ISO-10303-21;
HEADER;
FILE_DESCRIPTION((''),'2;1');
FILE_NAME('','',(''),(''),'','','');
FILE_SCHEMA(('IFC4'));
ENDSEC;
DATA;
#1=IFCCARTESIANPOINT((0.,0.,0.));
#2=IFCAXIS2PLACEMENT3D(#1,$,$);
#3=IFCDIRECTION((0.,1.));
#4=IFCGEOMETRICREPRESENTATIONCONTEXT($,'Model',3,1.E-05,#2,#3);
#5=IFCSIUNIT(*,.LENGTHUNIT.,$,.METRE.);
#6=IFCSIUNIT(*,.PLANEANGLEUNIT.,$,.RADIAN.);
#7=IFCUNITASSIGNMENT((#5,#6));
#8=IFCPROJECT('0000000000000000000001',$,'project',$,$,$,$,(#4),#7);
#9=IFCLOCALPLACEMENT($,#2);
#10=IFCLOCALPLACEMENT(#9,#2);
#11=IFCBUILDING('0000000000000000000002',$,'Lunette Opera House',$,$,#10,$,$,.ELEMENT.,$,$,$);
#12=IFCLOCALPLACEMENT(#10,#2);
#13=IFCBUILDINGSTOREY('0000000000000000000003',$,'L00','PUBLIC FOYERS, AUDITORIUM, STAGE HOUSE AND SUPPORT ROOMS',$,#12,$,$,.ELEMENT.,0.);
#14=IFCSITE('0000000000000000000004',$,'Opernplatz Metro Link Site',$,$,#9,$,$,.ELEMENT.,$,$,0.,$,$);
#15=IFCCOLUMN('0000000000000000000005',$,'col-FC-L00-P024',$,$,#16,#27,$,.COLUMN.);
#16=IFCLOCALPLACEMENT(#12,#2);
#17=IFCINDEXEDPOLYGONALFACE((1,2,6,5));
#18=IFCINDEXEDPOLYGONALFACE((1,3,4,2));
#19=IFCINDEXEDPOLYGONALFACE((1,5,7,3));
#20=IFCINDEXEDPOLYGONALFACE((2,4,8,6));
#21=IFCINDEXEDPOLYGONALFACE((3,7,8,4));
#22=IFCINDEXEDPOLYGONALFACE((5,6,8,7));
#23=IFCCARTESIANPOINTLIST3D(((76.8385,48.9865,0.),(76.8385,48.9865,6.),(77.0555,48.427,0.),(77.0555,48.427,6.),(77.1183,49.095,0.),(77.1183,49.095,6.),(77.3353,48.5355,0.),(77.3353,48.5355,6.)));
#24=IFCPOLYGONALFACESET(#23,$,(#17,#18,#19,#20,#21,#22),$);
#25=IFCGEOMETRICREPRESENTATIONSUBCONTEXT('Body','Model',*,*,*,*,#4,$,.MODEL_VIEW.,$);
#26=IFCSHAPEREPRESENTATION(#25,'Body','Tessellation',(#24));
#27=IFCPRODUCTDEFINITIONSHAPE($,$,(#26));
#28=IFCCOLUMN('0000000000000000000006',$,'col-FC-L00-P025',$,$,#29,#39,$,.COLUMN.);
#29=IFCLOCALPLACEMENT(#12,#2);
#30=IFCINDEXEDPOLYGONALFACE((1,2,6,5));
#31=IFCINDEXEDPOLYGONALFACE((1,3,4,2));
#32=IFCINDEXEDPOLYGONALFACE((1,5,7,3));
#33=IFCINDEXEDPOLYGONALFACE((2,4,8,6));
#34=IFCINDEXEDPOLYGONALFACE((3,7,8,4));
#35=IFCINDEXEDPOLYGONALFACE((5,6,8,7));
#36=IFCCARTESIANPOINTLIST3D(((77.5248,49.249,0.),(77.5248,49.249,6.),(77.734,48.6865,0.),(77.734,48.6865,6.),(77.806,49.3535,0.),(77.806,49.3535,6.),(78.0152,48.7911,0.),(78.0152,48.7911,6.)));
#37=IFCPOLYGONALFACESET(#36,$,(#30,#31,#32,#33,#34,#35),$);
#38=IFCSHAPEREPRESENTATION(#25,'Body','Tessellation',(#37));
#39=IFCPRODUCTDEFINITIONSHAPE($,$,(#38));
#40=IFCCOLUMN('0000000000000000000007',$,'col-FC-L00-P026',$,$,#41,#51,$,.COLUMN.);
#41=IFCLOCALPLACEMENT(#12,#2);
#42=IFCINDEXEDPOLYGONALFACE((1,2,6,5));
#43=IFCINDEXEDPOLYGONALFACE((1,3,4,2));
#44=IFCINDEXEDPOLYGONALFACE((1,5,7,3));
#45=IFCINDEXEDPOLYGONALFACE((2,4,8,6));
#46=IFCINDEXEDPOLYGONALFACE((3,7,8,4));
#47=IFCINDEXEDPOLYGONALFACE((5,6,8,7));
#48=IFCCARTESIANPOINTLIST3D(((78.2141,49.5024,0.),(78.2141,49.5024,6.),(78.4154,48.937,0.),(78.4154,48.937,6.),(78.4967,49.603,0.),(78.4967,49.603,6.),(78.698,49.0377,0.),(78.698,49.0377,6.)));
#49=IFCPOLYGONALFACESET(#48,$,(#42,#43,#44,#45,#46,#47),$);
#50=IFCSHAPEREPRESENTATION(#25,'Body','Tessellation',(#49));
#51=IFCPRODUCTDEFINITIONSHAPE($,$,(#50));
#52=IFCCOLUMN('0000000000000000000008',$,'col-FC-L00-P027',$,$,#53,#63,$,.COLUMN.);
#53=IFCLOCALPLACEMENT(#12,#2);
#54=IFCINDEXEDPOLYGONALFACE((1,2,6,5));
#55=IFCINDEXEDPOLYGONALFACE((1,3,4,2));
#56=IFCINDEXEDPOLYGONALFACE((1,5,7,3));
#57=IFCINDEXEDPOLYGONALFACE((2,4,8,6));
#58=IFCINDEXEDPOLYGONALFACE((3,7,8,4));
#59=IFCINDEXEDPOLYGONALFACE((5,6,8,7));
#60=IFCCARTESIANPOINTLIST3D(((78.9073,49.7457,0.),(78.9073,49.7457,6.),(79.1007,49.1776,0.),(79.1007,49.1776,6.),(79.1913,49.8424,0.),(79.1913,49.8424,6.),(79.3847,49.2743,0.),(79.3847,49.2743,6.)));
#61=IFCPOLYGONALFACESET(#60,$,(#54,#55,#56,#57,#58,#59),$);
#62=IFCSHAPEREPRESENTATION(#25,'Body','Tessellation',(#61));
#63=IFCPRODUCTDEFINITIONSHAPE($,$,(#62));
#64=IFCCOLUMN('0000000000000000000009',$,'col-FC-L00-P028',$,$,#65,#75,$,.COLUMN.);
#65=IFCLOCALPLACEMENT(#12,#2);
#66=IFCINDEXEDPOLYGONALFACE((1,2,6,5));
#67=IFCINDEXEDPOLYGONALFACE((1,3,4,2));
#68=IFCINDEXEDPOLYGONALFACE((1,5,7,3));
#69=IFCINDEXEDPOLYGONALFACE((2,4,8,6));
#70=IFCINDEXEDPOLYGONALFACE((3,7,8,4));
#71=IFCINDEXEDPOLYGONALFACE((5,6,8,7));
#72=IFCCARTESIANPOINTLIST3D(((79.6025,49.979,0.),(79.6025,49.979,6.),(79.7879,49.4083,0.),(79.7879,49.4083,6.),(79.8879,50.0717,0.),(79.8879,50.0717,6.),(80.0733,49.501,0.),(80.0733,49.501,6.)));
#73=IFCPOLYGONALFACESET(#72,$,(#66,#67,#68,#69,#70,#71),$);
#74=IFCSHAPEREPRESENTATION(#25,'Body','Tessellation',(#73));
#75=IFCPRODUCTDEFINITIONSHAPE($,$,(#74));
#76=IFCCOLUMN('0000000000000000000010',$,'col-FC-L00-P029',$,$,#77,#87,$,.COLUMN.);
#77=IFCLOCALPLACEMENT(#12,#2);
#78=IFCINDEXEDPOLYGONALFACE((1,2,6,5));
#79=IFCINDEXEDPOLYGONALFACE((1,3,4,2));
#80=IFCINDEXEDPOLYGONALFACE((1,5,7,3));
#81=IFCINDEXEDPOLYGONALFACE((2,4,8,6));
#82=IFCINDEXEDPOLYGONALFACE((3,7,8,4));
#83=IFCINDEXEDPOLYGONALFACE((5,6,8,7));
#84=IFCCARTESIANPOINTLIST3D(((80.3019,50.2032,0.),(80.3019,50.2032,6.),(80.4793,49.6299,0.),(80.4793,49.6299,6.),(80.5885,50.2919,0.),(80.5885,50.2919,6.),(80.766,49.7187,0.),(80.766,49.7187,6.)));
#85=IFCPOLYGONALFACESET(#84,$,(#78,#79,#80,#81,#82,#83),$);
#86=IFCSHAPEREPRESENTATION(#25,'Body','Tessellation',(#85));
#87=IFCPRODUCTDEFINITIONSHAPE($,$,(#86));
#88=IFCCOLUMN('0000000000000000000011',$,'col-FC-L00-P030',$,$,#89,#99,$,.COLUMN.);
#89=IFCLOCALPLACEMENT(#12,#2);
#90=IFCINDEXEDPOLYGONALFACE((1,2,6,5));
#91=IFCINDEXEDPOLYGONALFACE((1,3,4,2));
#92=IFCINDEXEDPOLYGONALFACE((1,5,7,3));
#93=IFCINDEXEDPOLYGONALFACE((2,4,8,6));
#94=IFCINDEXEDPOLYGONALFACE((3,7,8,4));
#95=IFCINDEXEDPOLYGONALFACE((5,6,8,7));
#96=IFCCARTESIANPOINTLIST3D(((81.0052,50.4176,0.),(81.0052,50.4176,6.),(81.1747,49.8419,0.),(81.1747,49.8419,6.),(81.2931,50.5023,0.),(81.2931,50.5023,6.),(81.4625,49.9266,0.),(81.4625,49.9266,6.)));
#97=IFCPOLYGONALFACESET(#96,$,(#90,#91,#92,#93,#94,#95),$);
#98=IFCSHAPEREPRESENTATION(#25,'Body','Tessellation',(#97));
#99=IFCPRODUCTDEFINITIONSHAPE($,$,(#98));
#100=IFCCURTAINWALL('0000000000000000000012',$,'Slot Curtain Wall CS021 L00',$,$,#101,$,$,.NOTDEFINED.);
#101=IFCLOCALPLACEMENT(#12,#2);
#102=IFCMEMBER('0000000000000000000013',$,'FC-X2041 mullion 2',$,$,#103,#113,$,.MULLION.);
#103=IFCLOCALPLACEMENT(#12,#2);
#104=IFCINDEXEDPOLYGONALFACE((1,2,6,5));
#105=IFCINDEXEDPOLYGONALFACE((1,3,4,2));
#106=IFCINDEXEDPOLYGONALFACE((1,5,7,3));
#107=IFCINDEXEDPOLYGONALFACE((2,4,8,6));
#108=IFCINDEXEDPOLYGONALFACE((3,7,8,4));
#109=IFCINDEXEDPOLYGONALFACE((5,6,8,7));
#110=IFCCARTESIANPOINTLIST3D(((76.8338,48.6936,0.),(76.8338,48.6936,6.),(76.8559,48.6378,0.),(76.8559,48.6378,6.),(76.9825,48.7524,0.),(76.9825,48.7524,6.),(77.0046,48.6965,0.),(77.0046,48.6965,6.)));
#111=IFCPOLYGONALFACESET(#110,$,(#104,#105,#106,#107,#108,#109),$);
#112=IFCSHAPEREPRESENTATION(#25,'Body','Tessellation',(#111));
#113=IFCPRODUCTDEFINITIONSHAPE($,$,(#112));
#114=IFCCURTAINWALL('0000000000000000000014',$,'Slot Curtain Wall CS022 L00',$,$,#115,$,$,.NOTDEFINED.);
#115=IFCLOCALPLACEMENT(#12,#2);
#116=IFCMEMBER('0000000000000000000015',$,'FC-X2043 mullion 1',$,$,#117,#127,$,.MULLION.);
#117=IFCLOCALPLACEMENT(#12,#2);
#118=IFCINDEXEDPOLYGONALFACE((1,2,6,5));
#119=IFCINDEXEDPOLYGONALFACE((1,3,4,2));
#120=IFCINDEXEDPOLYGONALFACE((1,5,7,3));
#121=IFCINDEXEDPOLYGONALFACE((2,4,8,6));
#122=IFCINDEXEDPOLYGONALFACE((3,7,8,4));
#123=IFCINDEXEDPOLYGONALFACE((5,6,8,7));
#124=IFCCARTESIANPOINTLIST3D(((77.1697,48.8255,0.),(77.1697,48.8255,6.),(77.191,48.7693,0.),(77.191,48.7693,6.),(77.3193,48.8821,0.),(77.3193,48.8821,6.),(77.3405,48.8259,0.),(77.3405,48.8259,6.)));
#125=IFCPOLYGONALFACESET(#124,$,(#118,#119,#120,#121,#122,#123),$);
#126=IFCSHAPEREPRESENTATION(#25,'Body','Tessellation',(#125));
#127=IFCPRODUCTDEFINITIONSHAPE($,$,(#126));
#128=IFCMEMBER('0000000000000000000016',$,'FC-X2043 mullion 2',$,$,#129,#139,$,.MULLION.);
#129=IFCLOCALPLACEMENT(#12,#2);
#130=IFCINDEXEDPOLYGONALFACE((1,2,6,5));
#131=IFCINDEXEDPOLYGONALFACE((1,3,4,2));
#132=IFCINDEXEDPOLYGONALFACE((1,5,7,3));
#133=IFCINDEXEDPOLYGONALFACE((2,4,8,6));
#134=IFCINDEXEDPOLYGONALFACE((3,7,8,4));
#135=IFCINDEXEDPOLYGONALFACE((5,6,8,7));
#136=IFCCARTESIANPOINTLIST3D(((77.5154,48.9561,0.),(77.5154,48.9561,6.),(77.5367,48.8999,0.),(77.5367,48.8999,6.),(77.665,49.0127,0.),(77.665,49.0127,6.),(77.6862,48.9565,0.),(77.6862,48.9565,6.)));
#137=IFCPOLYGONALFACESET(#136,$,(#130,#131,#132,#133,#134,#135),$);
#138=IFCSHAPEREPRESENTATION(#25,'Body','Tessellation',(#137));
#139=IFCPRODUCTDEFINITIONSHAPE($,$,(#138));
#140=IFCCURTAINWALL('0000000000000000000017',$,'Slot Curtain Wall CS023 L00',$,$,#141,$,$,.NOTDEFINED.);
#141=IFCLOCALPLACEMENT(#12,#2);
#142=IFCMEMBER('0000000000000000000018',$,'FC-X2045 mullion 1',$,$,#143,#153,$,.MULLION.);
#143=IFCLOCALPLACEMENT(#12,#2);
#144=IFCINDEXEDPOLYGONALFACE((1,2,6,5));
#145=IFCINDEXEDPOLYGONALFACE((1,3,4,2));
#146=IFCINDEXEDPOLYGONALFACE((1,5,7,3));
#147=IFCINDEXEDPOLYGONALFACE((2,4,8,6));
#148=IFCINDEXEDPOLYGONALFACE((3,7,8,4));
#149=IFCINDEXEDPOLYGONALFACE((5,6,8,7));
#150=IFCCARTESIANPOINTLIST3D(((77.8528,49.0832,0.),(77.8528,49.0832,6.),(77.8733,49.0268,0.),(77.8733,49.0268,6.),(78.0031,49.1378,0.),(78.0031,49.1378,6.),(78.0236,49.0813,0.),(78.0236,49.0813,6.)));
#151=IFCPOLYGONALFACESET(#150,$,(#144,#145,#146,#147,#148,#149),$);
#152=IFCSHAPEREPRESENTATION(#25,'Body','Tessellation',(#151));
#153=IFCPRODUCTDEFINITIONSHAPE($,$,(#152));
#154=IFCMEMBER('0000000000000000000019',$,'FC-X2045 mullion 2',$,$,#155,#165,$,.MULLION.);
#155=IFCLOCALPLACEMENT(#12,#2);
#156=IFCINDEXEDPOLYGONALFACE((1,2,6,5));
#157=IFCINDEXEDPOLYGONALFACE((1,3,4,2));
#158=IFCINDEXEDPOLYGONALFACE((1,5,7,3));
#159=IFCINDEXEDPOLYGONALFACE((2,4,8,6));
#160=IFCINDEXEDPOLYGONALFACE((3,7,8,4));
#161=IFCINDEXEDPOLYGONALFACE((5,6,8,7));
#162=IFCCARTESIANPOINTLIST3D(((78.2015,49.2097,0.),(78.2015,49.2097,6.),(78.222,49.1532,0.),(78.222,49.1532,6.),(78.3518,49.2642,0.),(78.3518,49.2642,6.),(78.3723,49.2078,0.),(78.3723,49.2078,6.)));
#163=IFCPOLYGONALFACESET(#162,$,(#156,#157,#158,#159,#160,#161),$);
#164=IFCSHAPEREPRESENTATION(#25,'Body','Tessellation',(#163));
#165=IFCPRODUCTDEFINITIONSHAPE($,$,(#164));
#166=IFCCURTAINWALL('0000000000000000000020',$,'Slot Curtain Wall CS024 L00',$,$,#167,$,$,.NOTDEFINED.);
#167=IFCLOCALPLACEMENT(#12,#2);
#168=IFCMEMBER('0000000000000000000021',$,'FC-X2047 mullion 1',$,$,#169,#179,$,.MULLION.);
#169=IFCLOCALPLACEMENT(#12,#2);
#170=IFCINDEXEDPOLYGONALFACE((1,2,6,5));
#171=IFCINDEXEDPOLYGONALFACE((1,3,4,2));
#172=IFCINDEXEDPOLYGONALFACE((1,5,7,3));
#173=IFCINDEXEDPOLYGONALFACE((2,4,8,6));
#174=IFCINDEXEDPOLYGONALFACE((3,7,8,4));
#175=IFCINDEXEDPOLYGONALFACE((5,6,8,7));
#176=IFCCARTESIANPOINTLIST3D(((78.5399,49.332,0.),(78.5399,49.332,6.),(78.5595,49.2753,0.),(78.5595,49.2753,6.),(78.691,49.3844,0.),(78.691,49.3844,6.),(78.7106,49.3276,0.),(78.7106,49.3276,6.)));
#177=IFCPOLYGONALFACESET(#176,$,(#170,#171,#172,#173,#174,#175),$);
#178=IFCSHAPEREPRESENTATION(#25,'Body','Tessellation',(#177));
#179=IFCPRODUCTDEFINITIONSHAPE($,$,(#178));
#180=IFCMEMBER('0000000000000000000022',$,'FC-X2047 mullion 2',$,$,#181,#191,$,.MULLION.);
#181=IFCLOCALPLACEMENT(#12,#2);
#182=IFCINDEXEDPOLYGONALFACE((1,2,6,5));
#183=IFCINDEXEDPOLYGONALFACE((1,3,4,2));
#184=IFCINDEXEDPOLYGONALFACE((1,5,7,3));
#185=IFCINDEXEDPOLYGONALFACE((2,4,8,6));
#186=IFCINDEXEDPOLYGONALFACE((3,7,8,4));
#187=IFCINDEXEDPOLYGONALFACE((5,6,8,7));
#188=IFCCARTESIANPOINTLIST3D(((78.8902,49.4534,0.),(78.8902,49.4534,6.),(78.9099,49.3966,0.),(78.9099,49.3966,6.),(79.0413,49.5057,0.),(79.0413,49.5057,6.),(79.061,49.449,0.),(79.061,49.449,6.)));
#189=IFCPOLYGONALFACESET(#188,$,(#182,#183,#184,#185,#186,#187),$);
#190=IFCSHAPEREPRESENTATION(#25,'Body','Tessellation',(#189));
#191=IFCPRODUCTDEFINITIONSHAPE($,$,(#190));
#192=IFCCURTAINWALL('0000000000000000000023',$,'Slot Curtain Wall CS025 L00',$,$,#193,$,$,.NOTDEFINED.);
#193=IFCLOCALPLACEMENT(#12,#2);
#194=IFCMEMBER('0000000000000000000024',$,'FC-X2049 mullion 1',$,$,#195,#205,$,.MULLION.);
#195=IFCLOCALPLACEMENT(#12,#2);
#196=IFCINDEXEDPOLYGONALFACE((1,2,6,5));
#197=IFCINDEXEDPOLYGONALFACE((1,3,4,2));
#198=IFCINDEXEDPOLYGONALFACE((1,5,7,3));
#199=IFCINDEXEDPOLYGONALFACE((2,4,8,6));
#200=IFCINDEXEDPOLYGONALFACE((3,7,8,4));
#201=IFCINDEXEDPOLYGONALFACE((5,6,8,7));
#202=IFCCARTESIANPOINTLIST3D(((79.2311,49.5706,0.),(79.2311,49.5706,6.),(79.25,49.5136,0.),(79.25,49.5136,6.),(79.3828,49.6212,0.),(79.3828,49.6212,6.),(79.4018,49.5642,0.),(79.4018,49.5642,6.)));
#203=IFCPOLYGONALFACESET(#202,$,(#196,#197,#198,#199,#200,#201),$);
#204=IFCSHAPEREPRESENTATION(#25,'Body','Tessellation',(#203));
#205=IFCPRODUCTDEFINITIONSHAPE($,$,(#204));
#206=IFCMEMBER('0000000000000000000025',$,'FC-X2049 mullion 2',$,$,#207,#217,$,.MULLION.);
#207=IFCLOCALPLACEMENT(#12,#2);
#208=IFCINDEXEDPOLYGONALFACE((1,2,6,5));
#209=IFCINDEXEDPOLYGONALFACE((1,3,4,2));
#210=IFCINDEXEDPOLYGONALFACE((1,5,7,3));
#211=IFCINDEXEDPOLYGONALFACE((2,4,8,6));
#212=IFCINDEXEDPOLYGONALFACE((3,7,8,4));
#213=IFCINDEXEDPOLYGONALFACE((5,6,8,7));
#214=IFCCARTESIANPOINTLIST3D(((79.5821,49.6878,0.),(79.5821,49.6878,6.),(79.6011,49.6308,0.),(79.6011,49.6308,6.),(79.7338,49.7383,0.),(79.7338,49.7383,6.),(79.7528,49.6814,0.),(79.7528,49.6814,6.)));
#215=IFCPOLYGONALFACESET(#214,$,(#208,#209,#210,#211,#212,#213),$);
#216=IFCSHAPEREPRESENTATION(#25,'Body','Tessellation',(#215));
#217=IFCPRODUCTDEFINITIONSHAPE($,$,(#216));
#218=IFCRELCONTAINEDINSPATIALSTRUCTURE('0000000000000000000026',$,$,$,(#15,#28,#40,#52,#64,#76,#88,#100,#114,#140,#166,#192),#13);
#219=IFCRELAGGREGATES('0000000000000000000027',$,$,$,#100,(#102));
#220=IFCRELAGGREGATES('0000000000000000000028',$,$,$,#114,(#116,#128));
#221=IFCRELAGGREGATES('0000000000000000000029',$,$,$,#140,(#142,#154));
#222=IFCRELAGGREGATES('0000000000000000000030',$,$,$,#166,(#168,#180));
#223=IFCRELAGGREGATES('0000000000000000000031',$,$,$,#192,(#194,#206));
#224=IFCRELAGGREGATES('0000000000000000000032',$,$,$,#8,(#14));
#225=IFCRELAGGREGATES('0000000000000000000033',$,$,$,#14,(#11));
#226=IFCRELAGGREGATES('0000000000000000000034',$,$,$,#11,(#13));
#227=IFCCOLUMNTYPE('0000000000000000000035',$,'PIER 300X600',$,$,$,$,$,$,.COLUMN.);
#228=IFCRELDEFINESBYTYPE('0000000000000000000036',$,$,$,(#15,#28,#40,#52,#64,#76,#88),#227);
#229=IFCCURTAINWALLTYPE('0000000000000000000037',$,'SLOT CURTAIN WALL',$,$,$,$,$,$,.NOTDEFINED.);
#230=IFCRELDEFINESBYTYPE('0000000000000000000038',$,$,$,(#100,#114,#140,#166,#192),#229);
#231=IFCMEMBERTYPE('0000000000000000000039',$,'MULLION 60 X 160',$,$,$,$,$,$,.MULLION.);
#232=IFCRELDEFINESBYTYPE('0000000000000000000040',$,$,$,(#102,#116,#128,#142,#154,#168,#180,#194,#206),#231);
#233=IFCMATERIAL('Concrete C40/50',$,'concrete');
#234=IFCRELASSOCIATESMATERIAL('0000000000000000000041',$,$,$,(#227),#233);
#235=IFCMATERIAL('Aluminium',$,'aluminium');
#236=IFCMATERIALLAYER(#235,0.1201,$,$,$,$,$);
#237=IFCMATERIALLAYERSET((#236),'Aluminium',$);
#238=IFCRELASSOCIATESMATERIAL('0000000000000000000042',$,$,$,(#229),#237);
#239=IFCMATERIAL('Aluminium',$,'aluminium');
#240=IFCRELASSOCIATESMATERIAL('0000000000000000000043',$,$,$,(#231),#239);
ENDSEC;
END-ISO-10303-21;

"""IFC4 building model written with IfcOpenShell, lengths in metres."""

from ifc_helpers import new_model, si_unit, direction, frame, origin, origin_2d, place, context, subcontext, project, spatial, rectangle, extrude, material, layer, layer_set, material_profile, profile_set, type_object, element, aggregate, save


model = new_model("IFC4")

# Units and contexts
model_context = context("Model", 3, precision=1e-05, world=origin(), true_north=direction((0.0, 1.0)))
body_context = subcontext(model_context, "Body", "Model", "MODEL_VIEW")
ifc_project = project(units=[si_unit("LENGTHUNIT", "METRE"), si_unit("PLANEANGLEUNIT", "RADIAN")], contexts=[model_context])

# Site, building, storey
site_placement = place(None, origin())
site = spatial("IfcSite", under=ifc_project, at=site_placement, Name="Opernplatz Metro Link Site", CompositionType="ELEMENT", RefElevation=0.0)
building_placement = place(site_placement, origin())
building = spatial("IfcBuilding", under=site, at=building_placement, Name="Lunette Opera House", CompositionType="ELEMENT")
storey_placement = place(building_placement, origin())
storey = spatial("IfcBuildingStorey", under=building, at=storey_placement, Name="L00", Description="PUBLIC FOYERS, AUDITORIUM, STAGE HOUSE AND SUPPORT ROOMS", CompositionType="ELEMENT", Elevation=0.0)

# Columns
ifc_material_1 = material(Name="Concrete C40/50", Category="concrete")
ifc_material_profile_1 = material_profile(ifc_material_1, rectangle(XDim=0.3, YDim=0.6001, at=origin_2d()), Name="PIER 300X600")
ifc_profile_set_1 = profile_set([ifc_material_profile_1], Name="Concrete C40/50")
column_type = type_object("IfcColumnType", Name="PIER 300X600", PredefinedType="COLUMN", material=ifc_profile_set_1)
for number, where, z_axis, x_axis, name in (
    (1, (77.0869, 48.761, 0.0), (0.0, 0.0, 1.0), (0.932324, 0.361625, 0.0), "col-FC-L00-P024"),
    (2, (77.77, 49.02, 0.0), (0.0, 0.0, 1.0), (0.937282, 0.348572, 0.0), "col-FC-L00-P025"),
    (3, (78.4561, 49.27, 0.0), (0.0, 0.0, 1.0), (0.942057, 0.335452, 0.0), "col-FC-L00-P026"),
    (4, (79.146, 49.51, 0.0), (0.0, 0.0, 1.0), (0.946649, 0.322266, 0.0), "col-FC-L00-P027"),
    (5, (79.8379, 49.74, 0.0), (0.0, 0.0, 1.0), (0.951057, 0.309017, 0.0), "col-FC-L00-P028"),
    (6, (80.5339, 49.9609, 0.0), (0.0, 0.0, 1.0), (0.955278, 0.295708, 0.0), "col-FC-L00-P029"),
    (7, (81.2339, 50.1721, 0.0), (0.0, 0.0, 1.0), (0.959314, 0.282341, 0.0), "col-FC-L00-P030"),
):
    element("IfcColumn", number, at=place(storey_placement, frame(where, z_axis=z_axis, x_axis=x_axis)), inside=storey, type_object=column_type, Name=name, PredefinedType="COLUMN", context=body_context, shape_type="SweptSolid", body=[
        extrude(rectangle(XDim=0.3, YDim=0.6001, at=origin_2d()), origin(), (0.0, 0.0, 1.0), 6.0),
    ])

# Curtain wall, member
ifc_material_2 = material(Name="Aluminium", Category="aluminium")
ifc_layer_1 = layer(ifc_material_2, 0.1201)
ifc_layer_set_1 = layer_set([ifc_layer_1], Name="Aluminium")
curtain_wall_type = type_object("IfcCurtainWallType", Name="SLOT CURTAIN WALL", PredefinedType="NOTDEFINED", material=ifc_layer_set_1)
curtain_wall_1_placement = place(storey_placement, origin())
curtain_wall_1 = element("IfcCurtainWall", 8, at=curtain_wall_1_placement, inside=storey, type_object=curtain_wall_type, Name="Slot Curtain Wall CS021 L00", PredefinedType="NOTDEFINED")
ifc_material_3 = material(Name="Aluminium", Category="aluminium")
ifc_material_profile_2 = material_profile(ifc_material_3, rectangle(XDim=0.0601, YDim=0.1599, at=origin_2d()), Name="MULLION 60 X 160")
ifc_profile_set_2 = profile_set([ifc_material_profile_2], Name="Aluminium")
member_type_1 = type_object("IfcMemberType", Name="MULLION 60 X 160", PredefinedType="MULLION", material=ifc_profile_set_2)
member_1_placement = place(storey_placement, frame((76.9192, 48.6951, 0.0), z_axis=(0.0, 0.0, 1.0), x_axis=(-0.367378, 0.930072, 0.0)))
member_1 = element("IfcMember", 9, at=member_1_placement, type_object=member_type_1, Name="FC-X2041 mullion 2", PredefinedType="MULLION", context=body_context, shape_type="SweptSolid", body=[
    extrude(rectangle(XDim=0.0601, YDim=0.1599, at=origin_2d()), origin(), (0.0, 0.0, 1.0), 6.0),
])
aggregate(curtain_wall_1, [member_1])

# Curtain walls, members
curtain_wall_2_placement = place(storey_placement, origin())
curtain_wall_2 = element("IfcCurtainWall", 10, at=curtain_wall_2_placement, inside=storey, type_object=curtain_wall_type, Name="Slot Curtain Wall CS022 L00", PredefinedType="NOTDEFINED")
member_2_placement = place(storey_placement, frame((77.2551, 48.8257, 0.0), z_axis=(0.0, 0.0, 1.0), x_axis=(-0.353672, 0.935369, 0.0)))
member_2 = element("IfcMember", 11, at=member_2_placement, type_object=member_type_1, Name="FC-X2043 mullion 1", PredefinedType="MULLION", context=body_context, shape_type="SweptSolid", body=[
    extrude(rectangle(XDim=0.0601, YDim=0.1599, at=origin_2d()), origin(), (0.0, 0.0, 1.0), 6.0),
])
member_3_placement = place(storey_placement, frame((77.6008, 48.9563, 0.0), z_axis=(0.0, 0.0, 1.0), x_axis=(-0.353672, 0.935369, 0.0)))
member_3 = element("IfcMember", 12, at=member_3_placement, type_object=member_type_1, Name="FC-X2043 mullion 2", PredefinedType="MULLION", context=body_context, shape_type="SweptSolid", body=[
    extrude(rectangle(XDim=0.0601, YDim=0.1599, at=origin_2d()), origin(), (0.0, 0.0, 1.0), 6.0),
])
curtain_wall_3_placement = place(storey_placement, origin())
curtain_wall_3 = element("IfcCurtainWall", 13, at=curtain_wall_3_placement, inside=storey, type_object=curtain_wall_type, Name="Slot Curtain Wall CS023 L00", PredefinedType="NOTDEFINED")
member_4_placement = place(storey_placement, frame((77.9382, 49.0823, 0.0), z_axis=(0.0, 0.0, 1.0), x_axis=(-0.341184, 0.939997, 0.0)))
member_4 = element("IfcMember", 14, at=member_4_placement, type_object=member_type_1, Name="FC-X2045 mullion 1", PredefinedType="MULLION", context=body_context, shape_type="SweptSolid", body=[
    extrude(rectangle(XDim=0.0601, YDim=0.1599, at=origin_2d()), origin(), (0.0, 0.0, 1.0), 6.0),
])
member_5_placement = place(storey_placement, frame((78.2869, 49.2087, 0.0), z_axis=(0.0, 0.0, 1.0), x_axis=(-0.341184, 0.939997, 0.0)))
member_5 = element("IfcMember", 15, at=member_5_placement, type_object=member_type_1, Name="FC-X2045 mullion 2", PredefinedType="MULLION", context=body_context, shape_type="SweptSolid", body=[
    extrude(rectangle(XDim=0.0601, YDim=0.1599, at=origin_2d()), origin(), (0.0, 0.0, 1.0), 6.0),
])
curtain_wall_4_placement = place(storey_placement, origin())
curtain_wall_4 = element("IfcCurtainWall", 16, at=curtain_wall_4_placement, inside=storey, type_object=curtain_wall_type, Name="Slot Curtain Wall CS024 L00", PredefinedType="NOTDEFINED")
member_6_placement = place(storey_placement, frame((78.6252, 49.3298, 0.0), z_axis=(0.0, 0.0, 1.0), x_axis=(-0.32735, 0.944903, 0.0)))
member_6 = element("IfcMember", 17, at=member_6_placement, type_object=member_type_1, Name="FC-X2047 mullion 1", PredefinedType="MULLION", context=body_context, shape_type="SweptSolid", body=[
    extrude(rectangle(XDim=0.0601, YDim=0.1599, at=origin_2d()), origin(), (0.0, 0.0, 1.0), 6.0),
])
member_7_placement = place(storey_placement, frame((78.9756, 49.4512, 0.0), z_axis=(0.0, 0.0, 1.0), x_axis=(-0.32735, 0.944903, 0.0)))
member_7 = element("IfcMember", 18, at=member_7_placement, type_object=member_type_1, Name="FC-X2047 mullion 2", PredefinedType="MULLION", context=body_context, shape_type="SweptSolid", body=[
    extrude(rectangle(XDim=0.0601, YDim=0.1599, at=origin_2d()), origin(), (0.0, 0.0, 1.0), 6.0),
])
curtain_wall_5_placement = place(storey_placement, origin())
curtain_wall_5 = element("IfcCurtainWall", 19, at=curtain_wall_5_placement, inside=storey, type_object=curtain_wall_type, Name="Slot Curtain Wall CS025 L00", PredefinedType="NOTDEFINED")
member_8_placement = place(storey_placement, frame((79.3164, 49.5674, 0.0), z_axis=(0.0, 0.0, 1.0), x_axis=(-0.316228, 0.948683, 0.0)))
member_8 = element("IfcMember", 20, at=member_8_placement, type_object=member_type_1, Name="FC-X2049 mullion 1", PredefinedType="MULLION", context=body_context, shape_type="SweptSolid", body=[
    extrude(rectangle(XDim=0.0601, YDim=0.1599, at=origin_2d()), origin(), (0.0, 0.0, 1.0), 6.0),
])
member_9_placement = place(storey_placement, frame((79.6675, 49.6846, 0.0), z_axis=(0.0, 0.0, 1.0), x_axis=(-0.316228, 0.948683, 0.0)))
member_9 = element("IfcMember", 21, at=member_9_placement, type_object=member_type_1, Name="FC-X2049 mullion 2", PredefinedType="MULLION", context=body_context, shape_type="SweptSolid", body=[
    extrude(rectangle(XDim=0.0601, YDim=0.1599, at=origin_2d()), origin(), (0.0, 0.0, 1.0), 6.0),
])

aggregate(curtain_wall_2, [member_2, member_3])
aggregate(curtain_wall_3, [member_4, member_5])
aggregate(curtain_wall_4, [member_6, member_7])
aggregate(curtain_wall_5, [member_8, member_9])

save(model, "model.ifc")
